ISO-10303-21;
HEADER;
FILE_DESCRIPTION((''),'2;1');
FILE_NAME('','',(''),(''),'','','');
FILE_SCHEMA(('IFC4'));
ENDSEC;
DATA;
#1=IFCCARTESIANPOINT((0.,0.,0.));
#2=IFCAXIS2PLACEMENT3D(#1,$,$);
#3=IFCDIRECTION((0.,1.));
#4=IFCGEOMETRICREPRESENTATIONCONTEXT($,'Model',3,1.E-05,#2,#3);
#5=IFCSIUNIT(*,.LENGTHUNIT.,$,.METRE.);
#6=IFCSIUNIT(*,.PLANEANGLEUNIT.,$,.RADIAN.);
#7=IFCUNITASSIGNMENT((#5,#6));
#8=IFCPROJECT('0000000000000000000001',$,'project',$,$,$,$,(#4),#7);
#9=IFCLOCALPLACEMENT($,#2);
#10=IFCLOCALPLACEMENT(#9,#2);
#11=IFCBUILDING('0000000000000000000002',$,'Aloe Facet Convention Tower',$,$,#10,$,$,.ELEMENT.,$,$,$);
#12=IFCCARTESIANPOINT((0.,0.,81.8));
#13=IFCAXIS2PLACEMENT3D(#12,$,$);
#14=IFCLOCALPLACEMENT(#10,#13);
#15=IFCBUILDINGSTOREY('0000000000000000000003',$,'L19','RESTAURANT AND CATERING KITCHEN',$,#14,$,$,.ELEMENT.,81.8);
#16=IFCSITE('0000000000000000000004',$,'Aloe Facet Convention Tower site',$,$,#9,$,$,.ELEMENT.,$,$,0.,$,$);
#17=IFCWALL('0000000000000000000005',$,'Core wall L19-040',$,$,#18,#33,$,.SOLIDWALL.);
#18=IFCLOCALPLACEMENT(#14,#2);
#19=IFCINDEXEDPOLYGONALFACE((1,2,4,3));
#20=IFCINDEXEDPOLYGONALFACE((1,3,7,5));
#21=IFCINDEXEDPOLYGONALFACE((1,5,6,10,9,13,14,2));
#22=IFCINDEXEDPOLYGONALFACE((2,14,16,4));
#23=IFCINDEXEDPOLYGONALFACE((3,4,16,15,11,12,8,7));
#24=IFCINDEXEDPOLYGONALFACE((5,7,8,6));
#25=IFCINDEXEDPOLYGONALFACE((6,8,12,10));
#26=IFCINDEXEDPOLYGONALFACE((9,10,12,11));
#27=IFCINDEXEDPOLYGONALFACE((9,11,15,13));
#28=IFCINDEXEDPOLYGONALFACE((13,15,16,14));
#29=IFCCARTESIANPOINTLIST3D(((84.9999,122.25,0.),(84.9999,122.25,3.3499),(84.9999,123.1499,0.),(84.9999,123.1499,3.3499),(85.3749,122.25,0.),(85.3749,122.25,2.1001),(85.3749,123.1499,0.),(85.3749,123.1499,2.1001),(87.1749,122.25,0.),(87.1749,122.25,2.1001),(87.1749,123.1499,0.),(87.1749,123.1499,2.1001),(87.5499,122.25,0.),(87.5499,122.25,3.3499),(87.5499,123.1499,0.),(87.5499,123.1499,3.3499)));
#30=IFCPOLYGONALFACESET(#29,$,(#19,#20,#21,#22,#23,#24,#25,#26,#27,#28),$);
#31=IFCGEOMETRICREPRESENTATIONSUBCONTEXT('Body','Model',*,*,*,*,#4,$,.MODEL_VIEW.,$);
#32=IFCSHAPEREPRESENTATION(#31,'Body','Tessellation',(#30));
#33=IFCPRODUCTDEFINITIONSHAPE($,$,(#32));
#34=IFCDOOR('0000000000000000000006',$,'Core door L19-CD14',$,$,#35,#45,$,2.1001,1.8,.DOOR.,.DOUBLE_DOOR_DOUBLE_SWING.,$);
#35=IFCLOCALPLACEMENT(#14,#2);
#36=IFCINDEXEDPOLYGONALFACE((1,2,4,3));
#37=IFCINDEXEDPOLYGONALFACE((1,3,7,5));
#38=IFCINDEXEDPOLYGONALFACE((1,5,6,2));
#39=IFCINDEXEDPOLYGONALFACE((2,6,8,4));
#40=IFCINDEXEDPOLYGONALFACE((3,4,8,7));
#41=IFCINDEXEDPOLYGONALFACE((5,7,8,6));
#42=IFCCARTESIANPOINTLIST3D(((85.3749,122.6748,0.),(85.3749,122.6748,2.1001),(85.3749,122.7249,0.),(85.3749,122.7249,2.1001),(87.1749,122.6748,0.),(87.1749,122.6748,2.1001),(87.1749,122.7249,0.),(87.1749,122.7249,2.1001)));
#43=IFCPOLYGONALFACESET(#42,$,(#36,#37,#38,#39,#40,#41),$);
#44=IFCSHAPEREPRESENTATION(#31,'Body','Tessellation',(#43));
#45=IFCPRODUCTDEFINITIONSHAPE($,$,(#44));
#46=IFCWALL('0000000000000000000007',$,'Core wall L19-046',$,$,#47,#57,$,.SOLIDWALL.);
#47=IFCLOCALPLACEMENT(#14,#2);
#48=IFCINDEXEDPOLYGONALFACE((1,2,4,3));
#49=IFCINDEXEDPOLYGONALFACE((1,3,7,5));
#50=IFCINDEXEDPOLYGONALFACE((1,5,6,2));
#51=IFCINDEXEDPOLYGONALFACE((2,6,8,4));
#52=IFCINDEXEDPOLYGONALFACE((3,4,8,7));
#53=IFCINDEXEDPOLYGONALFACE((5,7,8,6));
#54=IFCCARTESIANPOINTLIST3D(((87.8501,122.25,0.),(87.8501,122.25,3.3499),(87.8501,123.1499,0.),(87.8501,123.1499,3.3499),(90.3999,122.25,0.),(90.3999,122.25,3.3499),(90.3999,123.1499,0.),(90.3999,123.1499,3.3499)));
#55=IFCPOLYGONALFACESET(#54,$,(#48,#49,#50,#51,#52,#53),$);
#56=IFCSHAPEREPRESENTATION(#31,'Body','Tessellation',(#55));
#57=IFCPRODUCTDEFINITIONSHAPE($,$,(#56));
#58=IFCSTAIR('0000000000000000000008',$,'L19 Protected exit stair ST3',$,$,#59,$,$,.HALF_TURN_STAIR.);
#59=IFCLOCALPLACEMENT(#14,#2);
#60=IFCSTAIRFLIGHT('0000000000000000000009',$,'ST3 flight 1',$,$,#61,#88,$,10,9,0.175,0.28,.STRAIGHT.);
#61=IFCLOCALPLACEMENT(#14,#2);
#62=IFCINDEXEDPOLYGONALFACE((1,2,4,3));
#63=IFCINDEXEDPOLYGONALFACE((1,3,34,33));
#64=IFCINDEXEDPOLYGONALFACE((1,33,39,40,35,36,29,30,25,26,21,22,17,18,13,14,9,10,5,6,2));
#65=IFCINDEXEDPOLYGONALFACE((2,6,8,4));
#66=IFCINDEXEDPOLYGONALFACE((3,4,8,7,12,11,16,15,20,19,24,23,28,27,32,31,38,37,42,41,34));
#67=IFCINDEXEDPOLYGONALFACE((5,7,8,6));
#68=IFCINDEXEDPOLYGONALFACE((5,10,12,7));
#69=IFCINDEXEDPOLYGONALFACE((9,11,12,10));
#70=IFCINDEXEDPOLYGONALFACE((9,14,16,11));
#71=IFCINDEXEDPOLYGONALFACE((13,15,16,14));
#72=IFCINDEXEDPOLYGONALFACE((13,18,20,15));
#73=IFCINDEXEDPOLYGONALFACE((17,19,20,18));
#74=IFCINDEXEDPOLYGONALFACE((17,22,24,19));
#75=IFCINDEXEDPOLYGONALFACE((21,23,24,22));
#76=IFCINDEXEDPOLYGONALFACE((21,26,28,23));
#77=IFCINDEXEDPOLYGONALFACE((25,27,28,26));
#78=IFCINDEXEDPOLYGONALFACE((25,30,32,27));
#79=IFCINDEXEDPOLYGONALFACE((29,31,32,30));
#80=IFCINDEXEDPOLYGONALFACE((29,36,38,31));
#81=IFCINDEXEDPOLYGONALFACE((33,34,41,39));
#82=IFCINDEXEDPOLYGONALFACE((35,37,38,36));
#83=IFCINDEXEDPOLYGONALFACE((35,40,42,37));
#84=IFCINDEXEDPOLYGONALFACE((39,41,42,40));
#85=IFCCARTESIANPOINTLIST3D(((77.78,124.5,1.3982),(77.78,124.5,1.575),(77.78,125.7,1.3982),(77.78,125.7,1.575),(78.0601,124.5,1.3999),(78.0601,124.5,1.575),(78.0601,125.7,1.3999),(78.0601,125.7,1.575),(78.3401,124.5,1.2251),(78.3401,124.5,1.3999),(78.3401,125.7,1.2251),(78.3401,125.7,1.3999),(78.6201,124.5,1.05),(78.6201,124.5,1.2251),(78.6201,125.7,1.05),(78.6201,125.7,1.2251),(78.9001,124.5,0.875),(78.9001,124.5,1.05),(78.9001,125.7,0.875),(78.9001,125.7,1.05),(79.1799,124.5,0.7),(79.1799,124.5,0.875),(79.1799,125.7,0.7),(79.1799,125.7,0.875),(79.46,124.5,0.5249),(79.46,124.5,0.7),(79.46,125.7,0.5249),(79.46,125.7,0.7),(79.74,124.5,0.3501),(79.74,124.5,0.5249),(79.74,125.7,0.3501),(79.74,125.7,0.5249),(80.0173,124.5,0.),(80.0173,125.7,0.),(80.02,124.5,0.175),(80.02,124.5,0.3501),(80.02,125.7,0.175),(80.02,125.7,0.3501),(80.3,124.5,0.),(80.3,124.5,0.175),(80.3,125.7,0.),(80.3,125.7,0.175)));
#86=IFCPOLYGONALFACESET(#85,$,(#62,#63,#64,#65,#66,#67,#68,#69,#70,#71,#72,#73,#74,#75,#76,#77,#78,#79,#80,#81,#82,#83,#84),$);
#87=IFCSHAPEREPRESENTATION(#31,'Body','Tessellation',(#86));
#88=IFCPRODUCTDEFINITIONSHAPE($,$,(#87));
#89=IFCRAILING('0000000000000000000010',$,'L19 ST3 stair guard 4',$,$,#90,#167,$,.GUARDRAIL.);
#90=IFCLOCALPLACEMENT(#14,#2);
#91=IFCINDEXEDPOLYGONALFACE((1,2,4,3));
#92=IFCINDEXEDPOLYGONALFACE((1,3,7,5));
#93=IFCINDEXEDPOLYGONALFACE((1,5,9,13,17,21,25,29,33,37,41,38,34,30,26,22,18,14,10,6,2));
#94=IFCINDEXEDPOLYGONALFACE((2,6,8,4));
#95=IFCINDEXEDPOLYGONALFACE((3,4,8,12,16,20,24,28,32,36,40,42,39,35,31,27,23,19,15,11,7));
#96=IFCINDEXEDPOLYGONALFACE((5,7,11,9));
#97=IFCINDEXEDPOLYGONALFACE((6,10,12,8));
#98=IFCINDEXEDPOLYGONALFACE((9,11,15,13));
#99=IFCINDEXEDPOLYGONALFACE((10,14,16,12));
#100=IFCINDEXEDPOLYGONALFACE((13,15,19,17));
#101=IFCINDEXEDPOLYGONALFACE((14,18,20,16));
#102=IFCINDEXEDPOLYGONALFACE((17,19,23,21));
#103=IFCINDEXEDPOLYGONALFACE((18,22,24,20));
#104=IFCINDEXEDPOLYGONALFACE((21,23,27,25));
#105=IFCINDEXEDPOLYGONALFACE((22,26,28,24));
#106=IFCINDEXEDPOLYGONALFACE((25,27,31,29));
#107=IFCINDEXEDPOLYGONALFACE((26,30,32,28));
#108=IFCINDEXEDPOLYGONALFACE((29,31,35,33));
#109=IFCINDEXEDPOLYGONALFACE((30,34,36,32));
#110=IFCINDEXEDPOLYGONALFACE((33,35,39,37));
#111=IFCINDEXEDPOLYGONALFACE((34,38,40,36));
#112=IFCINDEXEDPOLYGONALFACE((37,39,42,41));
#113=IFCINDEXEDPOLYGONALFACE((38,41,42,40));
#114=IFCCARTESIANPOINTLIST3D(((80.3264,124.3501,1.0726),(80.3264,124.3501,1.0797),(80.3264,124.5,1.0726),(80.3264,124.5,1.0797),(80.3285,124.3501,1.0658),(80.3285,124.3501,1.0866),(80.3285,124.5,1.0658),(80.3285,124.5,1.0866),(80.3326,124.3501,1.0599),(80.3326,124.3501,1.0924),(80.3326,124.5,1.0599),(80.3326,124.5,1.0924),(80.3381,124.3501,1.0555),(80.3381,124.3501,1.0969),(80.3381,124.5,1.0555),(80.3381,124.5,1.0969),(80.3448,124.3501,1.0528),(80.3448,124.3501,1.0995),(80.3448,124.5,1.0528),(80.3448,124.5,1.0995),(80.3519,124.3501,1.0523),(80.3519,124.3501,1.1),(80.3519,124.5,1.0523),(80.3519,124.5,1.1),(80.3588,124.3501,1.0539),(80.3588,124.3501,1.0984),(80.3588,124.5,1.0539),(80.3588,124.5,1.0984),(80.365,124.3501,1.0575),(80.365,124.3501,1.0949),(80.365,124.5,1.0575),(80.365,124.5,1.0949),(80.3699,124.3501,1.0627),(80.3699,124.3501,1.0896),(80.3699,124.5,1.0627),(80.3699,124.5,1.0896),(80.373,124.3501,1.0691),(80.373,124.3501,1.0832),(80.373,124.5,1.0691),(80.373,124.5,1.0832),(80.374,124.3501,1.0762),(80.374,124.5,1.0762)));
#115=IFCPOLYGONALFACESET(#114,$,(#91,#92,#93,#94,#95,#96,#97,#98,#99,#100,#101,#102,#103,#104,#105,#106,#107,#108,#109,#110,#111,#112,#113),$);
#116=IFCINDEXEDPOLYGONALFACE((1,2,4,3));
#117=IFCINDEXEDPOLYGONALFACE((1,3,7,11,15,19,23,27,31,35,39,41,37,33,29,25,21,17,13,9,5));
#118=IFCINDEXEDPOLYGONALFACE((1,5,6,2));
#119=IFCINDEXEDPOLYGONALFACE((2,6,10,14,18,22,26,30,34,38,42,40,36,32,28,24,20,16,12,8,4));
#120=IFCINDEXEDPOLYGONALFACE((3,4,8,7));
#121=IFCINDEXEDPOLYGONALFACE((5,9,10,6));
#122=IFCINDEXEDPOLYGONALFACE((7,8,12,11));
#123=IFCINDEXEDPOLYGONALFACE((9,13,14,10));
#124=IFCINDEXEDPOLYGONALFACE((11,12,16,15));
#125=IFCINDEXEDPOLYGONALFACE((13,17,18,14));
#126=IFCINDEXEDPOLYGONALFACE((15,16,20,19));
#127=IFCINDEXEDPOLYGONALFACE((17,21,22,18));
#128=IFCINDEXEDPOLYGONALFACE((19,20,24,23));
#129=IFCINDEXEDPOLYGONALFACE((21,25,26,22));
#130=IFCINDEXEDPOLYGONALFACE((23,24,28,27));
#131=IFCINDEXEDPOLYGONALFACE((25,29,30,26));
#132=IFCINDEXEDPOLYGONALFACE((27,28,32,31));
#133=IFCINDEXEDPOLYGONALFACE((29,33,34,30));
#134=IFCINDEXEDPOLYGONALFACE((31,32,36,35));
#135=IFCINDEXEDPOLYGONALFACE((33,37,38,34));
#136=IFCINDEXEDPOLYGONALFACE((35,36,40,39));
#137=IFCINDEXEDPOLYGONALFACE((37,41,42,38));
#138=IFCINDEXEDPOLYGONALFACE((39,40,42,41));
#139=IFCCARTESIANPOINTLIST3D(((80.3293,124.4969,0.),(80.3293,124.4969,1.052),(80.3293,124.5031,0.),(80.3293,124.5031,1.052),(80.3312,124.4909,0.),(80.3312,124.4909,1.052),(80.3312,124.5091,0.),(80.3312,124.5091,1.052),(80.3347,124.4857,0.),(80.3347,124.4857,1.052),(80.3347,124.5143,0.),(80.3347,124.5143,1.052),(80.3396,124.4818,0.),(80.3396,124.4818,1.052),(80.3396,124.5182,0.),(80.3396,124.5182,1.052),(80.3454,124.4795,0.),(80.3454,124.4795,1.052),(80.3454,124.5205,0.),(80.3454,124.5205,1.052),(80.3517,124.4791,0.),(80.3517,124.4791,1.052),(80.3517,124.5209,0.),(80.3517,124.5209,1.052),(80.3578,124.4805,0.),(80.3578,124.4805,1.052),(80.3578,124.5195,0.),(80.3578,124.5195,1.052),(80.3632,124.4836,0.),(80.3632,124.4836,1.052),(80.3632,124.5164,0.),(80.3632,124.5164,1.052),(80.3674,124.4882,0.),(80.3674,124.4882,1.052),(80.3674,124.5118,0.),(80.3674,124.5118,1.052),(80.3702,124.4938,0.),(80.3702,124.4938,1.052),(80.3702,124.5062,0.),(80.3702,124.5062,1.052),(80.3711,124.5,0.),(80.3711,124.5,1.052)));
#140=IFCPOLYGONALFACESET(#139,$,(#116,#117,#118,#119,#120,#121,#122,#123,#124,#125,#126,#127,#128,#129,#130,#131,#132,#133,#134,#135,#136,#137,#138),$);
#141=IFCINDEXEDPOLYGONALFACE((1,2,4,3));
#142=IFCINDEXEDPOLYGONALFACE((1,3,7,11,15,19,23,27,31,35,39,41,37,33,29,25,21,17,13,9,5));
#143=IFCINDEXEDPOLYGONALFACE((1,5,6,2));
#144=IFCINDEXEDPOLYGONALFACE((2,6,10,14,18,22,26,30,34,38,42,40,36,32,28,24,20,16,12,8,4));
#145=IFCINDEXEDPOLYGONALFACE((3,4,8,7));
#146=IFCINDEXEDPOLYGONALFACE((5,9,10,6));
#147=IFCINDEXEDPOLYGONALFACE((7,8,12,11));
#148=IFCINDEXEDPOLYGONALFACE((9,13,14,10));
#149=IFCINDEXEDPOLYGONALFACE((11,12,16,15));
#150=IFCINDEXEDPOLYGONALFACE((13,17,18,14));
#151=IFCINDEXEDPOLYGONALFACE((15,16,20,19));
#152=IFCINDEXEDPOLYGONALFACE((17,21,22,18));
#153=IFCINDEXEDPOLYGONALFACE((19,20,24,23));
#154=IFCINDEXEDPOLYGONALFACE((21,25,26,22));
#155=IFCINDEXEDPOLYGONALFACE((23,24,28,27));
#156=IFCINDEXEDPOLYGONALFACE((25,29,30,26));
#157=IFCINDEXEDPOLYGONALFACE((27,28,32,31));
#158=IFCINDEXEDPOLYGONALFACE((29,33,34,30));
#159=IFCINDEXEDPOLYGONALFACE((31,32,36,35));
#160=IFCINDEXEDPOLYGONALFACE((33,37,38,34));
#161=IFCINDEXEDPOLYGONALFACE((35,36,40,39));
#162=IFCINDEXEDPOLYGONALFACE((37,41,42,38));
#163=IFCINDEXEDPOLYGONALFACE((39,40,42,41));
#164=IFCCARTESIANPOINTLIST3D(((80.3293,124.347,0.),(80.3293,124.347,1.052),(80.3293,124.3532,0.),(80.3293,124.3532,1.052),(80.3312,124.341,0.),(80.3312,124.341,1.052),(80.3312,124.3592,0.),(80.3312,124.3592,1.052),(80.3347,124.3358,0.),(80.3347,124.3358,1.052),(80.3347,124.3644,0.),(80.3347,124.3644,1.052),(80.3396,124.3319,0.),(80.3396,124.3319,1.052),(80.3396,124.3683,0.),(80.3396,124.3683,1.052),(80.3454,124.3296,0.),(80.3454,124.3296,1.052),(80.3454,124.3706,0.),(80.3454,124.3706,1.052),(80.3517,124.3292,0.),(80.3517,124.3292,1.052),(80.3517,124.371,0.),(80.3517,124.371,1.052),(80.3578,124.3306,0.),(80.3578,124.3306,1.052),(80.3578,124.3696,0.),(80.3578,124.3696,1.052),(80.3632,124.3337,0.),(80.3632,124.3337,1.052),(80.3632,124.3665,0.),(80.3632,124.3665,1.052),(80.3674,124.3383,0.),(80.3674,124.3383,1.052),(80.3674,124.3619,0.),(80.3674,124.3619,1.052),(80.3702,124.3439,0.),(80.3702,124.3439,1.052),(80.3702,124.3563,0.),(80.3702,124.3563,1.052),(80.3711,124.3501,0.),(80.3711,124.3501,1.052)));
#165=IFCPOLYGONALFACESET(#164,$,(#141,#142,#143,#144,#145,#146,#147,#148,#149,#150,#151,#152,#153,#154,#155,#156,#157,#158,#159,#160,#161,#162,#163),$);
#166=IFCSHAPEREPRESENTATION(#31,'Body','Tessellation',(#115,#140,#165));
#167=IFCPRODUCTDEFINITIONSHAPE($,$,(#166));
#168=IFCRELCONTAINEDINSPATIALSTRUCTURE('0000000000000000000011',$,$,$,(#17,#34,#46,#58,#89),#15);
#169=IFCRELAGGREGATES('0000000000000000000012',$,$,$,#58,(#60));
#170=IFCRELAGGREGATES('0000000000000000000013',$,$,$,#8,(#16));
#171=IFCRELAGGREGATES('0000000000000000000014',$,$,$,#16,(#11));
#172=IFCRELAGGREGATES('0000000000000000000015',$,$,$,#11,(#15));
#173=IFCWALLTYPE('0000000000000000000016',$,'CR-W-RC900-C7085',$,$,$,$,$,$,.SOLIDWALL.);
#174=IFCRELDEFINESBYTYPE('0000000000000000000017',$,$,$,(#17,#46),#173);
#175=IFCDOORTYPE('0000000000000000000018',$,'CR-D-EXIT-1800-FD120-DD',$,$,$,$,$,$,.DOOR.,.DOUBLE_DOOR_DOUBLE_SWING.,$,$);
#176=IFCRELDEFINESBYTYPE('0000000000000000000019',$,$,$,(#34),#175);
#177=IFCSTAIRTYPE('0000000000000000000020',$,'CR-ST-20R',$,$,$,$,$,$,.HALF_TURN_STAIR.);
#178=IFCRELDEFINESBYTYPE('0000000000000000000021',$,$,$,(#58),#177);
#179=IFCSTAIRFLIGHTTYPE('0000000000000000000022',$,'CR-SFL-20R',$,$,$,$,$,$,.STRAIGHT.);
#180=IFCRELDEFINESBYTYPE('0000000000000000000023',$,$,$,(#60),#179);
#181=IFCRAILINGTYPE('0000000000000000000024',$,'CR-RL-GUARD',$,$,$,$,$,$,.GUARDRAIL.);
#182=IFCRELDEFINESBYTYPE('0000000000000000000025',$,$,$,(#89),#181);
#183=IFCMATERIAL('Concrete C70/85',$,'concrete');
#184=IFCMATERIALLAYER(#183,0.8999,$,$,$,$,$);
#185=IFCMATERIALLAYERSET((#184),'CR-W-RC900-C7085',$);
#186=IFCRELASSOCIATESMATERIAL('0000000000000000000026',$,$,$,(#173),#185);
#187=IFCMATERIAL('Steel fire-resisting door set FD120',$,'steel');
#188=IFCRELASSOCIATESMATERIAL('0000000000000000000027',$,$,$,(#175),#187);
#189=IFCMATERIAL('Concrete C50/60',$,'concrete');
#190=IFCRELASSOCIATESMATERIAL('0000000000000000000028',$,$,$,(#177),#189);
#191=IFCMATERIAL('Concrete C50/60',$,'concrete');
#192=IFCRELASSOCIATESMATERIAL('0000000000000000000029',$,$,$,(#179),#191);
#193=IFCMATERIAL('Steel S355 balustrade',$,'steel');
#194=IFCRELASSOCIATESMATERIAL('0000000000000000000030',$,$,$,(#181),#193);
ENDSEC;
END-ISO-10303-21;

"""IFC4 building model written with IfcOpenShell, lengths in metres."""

from ifc_helpers import new_model, si_unit, direction, frame, frame_2d, origin, origin_2d, place, context, subcontext, project, spatial, polyline, rectangle, circle, outline, extrude, material, layer, layer_set, type_object, element, fill, aggregate, save


model = new_model("IFC4")

# Units and contexts
model_context = context("Model", 3, precision=1e-05, world=origin(), true_north=direction((0.0, 1.0)))
body_context = subcontext(model_context, "Body", "Model", "MODEL_VIEW")
ifc_project = project(units=[si_unit("LENGTHUNIT", "METRE"), si_unit("PLANEANGLEUNIT", "RADIAN")], contexts=[model_context])

# Site, building, storey
site_placement = place(None, origin())
site = spatial("IfcSite", under=ifc_project, at=site_placement, Name="Aloe Facet Convention Tower site", CompositionType="ELEMENT", RefElevation=0.0)
building_placement = place(site_placement, origin())
building = spatial("IfcBuilding", under=site, at=building_placement, Name="Aloe Facet Convention Tower", CompositionType="ELEMENT")
storey_placement = place(building_placement, frame((0.0, 0.0, 81.8)))
storey = spatial("IfcBuildingStorey", under=building, at=storey_placement, Name="L19", Description="RESTAURANT AND CATERING KITCHEN", CompositionType="ELEMENT", Elevation=81.8)

# Wall, opening, door
ifc_material_1 = material(Name="Concrete C70/85", Category="concrete")
ifc_layer_1 = layer(ifc_material_1, 0.8999)
ifc_layer_set_1 = layer_set([ifc_layer_1], Name="CR-W-RC900-C7085")
wall_type_1 = type_object("IfcWallType", Name="CR-W-RC900-C7085", PredefinedType="SOLIDWALL", material=ifc_layer_set_1)
wall_1_placement = place(storey_placement, frame((85.0, 122.7, 0.0), z_axis=(0.0, 0.0, 1.0), x_axis=(1.0, 0.0, 0.0)))
wall_1 = element("IfcWall", 1, at=wall_1_placement, inside=storey, type_object=wall_type_1, Name="Core wall L19-040", PredefinedType="SOLIDWALL", context=body_context, shape_type="SweptSolid", body=[
    extrude(rectangle(XDim=2.55, YDim=0.8999, at=frame_2d((1.2749, 0.0))), origin(), (0.0, 0.0, 1.0), 3.3499),
])
opening_1_placement = place(wall_1_placement, frame((0.375, 0.0, 0.0)))
opening_1 = element("IfcOpeningElement", 2, at=opening_1_placement, cuts=wall_1, PredefinedType="OPENING", context=body_context, shape_type="SweptSolid", body=[
    extrude(rectangle(XDim=1.8, YDim=2.1001, at=frame_2d((0.8999, 1.05))), frame((0.0, 0.46, 0.0), z_axis=(0.0, -1.0, 0.0), x_axis=(1.0, 0.0, 0.0)), (0.0, 0.0, 1.0), 0.9199),
])
ifc_material_2 = material(Name="Steel fire-resisting door set FD120", Category="steel")
door_type_1 = type_object("IfcDoorType", Name="CR-D-EXIT-1800-FD120-DD", OperationType="DOUBLE_DOOR_DOUBLE_SWING", PredefinedType="DOOR", material=ifc_material_2)
door_1_placement = place(opening_1_placement, origin())
door_1 = element("IfcDoor", 3, at=door_1_placement, inside=storey, type_object=door_type_1, Name="Core door L19-CD14", OperationType="DOUBLE_DOOR_DOUBLE_SWING", OverallHeight=2.1001, OverallWidth=1.8, PredefinedType="DOOR", context=body_context, shape_type="SweptSolid", body=[
    extrude(rectangle(XDim=1.8, YDim=2.1001, at=frame_2d((0.8999, 1.05))), frame((0.0, 0.0249, 0.0), z_axis=(0.0, -1.0, 0.0), x_axis=(1.0, 0.0, 0.0)), (0.0, 0.0, 1.0), 0.05),
])
fill(opening_1, door_1)

# Wall
wall_2_placement = place(storey_placement, frame((87.8501, 122.7, 0.0), z_axis=(0.0, 0.0, 1.0), x_axis=(1.0, 0.0, 0.0)))
element("IfcWall", 4, at=wall_2_placement, inside=storey, type_object=wall_type_1, Name="Core wall L19-046", PredefinedType="SOLIDWALL", context=body_context, shape_type="SweptSolid", body=[
    extrude(rectangle(XDim=2.5498, YDim=0.8999, at=frame_2d((1.2749, 0.0))), origin(), (0.0, 0.0, 1.0), 3.3499),
])

# Stair, stair flight
ifc_material_3 = material(Name="Concrete C50/60", Category="concrete")
stair_type = type_object("IfcStairType", Name="CR-ST-20R", PredefinedType="HALF_TURN_STAIR", material=ifc_material_3)
stair_placement = place(storey_placement, origin())
stair = element("IfcStair", 5, at=stair_placement, inside=storey, type_object=stair_type, Name="L19 Protected exit stair ST3", PredefinedType="HALF_TURN_STAIR")
ifc_material_4 = material(Name="Concrete C50/60", Category="concrete")
stair_flight_type = type_object("IfcStairFlightType", Name="CR-SFL-20R", PredefinedType="STRAIGHT", material=ifc_material_4)
stair_flight_placement = place(storey_placement, frame((80.3, 125.1001, 0.0), z_axis=(0.0, 0.0, 1.0), x_axis=(-1.0, 0.0, 0.0)))
stair_flight = element("IfcStairFlight", 6, at=stair_flight_placement, type_object=stair_flight_type, Name="ST3 flight 1", NumberOfRisers=10, NumberOfTreads=9, PredefinedType="STRAIGHT", RiserHeight=0.175, TreadLength=0.28, context=body_context, shape_type="SweptSolid", body=[
    extrude(outline(polyline([(0.0, 0.0), (0.0, 0.175), (0.28, 0.175), (0.28, 0.3501), (0.5601, 0.3501), (0.5601, 0.5249), (0.8401, 0.5249), (0.8401, 0.7), (1.1201, 0.7), (1.1201, 0.875), (1.3999, 0.875), (1.3999, 1.05), (1.6799, 1.05), (1.6799, 1.2251), (1.96, 1.2251), (1.96, 1.3999), (2.24, 1.3999), (2.24, 1.575), (2.52, 1.575), (2.52, 1.75), (2.52, 1.3982), (0.2827, 0.0), (0.0, 0.0)])), frame((0.0, 0.6001, 0.0), z_axis=(0.0, -1.0, 0.0), x_axis=(1.0, 0.0, 0.0)), (0.0, 0.0, 1.0), 1.2),
])
aggregate(stair, [stair_flight])

# Railing
ifc_material_5 = material(Name="Steel S355 balustrade", Category="steel")
railing_type_1 = type_object("IfcRailingType", Name="CR-RL-GUARD", PredefinedType="GUARDRAIL", material=ifc_material_5)
railing_1_placement = place(storey_placement, frame((80.3501, 124.5, 0.0)))
element("IfcRailing", 7, at=railing_1_placement, inside=storey, type_object=railing_type_1, Name="L19 ST3 stair guard 4", PredefinedType="GUARDRAIL", context=body_context, shape_type="SweptSolid", body=[
    extrude(circle(Radius=0.0239, at=origin_2d()), frame((0.0, 0.0, 1.0762), z_axis=(0.0, -1.0, 0.0), x_axis=(1.0, 0.0, 0.0)), (0.0, 0.0, 1.0), 0.1499),
    extrude(circle(Radius=0.021, at=origin_2d()), origin(), (0.0, 0.0, 1.0), 1.052),
    extrude(circle(Radius=0.021, at=origin_2d()), frame((0.0, -0.1499, 0.0)), (0.0, 0.0, 1.0), 1.052),
])

save(model, "model.ifc")
